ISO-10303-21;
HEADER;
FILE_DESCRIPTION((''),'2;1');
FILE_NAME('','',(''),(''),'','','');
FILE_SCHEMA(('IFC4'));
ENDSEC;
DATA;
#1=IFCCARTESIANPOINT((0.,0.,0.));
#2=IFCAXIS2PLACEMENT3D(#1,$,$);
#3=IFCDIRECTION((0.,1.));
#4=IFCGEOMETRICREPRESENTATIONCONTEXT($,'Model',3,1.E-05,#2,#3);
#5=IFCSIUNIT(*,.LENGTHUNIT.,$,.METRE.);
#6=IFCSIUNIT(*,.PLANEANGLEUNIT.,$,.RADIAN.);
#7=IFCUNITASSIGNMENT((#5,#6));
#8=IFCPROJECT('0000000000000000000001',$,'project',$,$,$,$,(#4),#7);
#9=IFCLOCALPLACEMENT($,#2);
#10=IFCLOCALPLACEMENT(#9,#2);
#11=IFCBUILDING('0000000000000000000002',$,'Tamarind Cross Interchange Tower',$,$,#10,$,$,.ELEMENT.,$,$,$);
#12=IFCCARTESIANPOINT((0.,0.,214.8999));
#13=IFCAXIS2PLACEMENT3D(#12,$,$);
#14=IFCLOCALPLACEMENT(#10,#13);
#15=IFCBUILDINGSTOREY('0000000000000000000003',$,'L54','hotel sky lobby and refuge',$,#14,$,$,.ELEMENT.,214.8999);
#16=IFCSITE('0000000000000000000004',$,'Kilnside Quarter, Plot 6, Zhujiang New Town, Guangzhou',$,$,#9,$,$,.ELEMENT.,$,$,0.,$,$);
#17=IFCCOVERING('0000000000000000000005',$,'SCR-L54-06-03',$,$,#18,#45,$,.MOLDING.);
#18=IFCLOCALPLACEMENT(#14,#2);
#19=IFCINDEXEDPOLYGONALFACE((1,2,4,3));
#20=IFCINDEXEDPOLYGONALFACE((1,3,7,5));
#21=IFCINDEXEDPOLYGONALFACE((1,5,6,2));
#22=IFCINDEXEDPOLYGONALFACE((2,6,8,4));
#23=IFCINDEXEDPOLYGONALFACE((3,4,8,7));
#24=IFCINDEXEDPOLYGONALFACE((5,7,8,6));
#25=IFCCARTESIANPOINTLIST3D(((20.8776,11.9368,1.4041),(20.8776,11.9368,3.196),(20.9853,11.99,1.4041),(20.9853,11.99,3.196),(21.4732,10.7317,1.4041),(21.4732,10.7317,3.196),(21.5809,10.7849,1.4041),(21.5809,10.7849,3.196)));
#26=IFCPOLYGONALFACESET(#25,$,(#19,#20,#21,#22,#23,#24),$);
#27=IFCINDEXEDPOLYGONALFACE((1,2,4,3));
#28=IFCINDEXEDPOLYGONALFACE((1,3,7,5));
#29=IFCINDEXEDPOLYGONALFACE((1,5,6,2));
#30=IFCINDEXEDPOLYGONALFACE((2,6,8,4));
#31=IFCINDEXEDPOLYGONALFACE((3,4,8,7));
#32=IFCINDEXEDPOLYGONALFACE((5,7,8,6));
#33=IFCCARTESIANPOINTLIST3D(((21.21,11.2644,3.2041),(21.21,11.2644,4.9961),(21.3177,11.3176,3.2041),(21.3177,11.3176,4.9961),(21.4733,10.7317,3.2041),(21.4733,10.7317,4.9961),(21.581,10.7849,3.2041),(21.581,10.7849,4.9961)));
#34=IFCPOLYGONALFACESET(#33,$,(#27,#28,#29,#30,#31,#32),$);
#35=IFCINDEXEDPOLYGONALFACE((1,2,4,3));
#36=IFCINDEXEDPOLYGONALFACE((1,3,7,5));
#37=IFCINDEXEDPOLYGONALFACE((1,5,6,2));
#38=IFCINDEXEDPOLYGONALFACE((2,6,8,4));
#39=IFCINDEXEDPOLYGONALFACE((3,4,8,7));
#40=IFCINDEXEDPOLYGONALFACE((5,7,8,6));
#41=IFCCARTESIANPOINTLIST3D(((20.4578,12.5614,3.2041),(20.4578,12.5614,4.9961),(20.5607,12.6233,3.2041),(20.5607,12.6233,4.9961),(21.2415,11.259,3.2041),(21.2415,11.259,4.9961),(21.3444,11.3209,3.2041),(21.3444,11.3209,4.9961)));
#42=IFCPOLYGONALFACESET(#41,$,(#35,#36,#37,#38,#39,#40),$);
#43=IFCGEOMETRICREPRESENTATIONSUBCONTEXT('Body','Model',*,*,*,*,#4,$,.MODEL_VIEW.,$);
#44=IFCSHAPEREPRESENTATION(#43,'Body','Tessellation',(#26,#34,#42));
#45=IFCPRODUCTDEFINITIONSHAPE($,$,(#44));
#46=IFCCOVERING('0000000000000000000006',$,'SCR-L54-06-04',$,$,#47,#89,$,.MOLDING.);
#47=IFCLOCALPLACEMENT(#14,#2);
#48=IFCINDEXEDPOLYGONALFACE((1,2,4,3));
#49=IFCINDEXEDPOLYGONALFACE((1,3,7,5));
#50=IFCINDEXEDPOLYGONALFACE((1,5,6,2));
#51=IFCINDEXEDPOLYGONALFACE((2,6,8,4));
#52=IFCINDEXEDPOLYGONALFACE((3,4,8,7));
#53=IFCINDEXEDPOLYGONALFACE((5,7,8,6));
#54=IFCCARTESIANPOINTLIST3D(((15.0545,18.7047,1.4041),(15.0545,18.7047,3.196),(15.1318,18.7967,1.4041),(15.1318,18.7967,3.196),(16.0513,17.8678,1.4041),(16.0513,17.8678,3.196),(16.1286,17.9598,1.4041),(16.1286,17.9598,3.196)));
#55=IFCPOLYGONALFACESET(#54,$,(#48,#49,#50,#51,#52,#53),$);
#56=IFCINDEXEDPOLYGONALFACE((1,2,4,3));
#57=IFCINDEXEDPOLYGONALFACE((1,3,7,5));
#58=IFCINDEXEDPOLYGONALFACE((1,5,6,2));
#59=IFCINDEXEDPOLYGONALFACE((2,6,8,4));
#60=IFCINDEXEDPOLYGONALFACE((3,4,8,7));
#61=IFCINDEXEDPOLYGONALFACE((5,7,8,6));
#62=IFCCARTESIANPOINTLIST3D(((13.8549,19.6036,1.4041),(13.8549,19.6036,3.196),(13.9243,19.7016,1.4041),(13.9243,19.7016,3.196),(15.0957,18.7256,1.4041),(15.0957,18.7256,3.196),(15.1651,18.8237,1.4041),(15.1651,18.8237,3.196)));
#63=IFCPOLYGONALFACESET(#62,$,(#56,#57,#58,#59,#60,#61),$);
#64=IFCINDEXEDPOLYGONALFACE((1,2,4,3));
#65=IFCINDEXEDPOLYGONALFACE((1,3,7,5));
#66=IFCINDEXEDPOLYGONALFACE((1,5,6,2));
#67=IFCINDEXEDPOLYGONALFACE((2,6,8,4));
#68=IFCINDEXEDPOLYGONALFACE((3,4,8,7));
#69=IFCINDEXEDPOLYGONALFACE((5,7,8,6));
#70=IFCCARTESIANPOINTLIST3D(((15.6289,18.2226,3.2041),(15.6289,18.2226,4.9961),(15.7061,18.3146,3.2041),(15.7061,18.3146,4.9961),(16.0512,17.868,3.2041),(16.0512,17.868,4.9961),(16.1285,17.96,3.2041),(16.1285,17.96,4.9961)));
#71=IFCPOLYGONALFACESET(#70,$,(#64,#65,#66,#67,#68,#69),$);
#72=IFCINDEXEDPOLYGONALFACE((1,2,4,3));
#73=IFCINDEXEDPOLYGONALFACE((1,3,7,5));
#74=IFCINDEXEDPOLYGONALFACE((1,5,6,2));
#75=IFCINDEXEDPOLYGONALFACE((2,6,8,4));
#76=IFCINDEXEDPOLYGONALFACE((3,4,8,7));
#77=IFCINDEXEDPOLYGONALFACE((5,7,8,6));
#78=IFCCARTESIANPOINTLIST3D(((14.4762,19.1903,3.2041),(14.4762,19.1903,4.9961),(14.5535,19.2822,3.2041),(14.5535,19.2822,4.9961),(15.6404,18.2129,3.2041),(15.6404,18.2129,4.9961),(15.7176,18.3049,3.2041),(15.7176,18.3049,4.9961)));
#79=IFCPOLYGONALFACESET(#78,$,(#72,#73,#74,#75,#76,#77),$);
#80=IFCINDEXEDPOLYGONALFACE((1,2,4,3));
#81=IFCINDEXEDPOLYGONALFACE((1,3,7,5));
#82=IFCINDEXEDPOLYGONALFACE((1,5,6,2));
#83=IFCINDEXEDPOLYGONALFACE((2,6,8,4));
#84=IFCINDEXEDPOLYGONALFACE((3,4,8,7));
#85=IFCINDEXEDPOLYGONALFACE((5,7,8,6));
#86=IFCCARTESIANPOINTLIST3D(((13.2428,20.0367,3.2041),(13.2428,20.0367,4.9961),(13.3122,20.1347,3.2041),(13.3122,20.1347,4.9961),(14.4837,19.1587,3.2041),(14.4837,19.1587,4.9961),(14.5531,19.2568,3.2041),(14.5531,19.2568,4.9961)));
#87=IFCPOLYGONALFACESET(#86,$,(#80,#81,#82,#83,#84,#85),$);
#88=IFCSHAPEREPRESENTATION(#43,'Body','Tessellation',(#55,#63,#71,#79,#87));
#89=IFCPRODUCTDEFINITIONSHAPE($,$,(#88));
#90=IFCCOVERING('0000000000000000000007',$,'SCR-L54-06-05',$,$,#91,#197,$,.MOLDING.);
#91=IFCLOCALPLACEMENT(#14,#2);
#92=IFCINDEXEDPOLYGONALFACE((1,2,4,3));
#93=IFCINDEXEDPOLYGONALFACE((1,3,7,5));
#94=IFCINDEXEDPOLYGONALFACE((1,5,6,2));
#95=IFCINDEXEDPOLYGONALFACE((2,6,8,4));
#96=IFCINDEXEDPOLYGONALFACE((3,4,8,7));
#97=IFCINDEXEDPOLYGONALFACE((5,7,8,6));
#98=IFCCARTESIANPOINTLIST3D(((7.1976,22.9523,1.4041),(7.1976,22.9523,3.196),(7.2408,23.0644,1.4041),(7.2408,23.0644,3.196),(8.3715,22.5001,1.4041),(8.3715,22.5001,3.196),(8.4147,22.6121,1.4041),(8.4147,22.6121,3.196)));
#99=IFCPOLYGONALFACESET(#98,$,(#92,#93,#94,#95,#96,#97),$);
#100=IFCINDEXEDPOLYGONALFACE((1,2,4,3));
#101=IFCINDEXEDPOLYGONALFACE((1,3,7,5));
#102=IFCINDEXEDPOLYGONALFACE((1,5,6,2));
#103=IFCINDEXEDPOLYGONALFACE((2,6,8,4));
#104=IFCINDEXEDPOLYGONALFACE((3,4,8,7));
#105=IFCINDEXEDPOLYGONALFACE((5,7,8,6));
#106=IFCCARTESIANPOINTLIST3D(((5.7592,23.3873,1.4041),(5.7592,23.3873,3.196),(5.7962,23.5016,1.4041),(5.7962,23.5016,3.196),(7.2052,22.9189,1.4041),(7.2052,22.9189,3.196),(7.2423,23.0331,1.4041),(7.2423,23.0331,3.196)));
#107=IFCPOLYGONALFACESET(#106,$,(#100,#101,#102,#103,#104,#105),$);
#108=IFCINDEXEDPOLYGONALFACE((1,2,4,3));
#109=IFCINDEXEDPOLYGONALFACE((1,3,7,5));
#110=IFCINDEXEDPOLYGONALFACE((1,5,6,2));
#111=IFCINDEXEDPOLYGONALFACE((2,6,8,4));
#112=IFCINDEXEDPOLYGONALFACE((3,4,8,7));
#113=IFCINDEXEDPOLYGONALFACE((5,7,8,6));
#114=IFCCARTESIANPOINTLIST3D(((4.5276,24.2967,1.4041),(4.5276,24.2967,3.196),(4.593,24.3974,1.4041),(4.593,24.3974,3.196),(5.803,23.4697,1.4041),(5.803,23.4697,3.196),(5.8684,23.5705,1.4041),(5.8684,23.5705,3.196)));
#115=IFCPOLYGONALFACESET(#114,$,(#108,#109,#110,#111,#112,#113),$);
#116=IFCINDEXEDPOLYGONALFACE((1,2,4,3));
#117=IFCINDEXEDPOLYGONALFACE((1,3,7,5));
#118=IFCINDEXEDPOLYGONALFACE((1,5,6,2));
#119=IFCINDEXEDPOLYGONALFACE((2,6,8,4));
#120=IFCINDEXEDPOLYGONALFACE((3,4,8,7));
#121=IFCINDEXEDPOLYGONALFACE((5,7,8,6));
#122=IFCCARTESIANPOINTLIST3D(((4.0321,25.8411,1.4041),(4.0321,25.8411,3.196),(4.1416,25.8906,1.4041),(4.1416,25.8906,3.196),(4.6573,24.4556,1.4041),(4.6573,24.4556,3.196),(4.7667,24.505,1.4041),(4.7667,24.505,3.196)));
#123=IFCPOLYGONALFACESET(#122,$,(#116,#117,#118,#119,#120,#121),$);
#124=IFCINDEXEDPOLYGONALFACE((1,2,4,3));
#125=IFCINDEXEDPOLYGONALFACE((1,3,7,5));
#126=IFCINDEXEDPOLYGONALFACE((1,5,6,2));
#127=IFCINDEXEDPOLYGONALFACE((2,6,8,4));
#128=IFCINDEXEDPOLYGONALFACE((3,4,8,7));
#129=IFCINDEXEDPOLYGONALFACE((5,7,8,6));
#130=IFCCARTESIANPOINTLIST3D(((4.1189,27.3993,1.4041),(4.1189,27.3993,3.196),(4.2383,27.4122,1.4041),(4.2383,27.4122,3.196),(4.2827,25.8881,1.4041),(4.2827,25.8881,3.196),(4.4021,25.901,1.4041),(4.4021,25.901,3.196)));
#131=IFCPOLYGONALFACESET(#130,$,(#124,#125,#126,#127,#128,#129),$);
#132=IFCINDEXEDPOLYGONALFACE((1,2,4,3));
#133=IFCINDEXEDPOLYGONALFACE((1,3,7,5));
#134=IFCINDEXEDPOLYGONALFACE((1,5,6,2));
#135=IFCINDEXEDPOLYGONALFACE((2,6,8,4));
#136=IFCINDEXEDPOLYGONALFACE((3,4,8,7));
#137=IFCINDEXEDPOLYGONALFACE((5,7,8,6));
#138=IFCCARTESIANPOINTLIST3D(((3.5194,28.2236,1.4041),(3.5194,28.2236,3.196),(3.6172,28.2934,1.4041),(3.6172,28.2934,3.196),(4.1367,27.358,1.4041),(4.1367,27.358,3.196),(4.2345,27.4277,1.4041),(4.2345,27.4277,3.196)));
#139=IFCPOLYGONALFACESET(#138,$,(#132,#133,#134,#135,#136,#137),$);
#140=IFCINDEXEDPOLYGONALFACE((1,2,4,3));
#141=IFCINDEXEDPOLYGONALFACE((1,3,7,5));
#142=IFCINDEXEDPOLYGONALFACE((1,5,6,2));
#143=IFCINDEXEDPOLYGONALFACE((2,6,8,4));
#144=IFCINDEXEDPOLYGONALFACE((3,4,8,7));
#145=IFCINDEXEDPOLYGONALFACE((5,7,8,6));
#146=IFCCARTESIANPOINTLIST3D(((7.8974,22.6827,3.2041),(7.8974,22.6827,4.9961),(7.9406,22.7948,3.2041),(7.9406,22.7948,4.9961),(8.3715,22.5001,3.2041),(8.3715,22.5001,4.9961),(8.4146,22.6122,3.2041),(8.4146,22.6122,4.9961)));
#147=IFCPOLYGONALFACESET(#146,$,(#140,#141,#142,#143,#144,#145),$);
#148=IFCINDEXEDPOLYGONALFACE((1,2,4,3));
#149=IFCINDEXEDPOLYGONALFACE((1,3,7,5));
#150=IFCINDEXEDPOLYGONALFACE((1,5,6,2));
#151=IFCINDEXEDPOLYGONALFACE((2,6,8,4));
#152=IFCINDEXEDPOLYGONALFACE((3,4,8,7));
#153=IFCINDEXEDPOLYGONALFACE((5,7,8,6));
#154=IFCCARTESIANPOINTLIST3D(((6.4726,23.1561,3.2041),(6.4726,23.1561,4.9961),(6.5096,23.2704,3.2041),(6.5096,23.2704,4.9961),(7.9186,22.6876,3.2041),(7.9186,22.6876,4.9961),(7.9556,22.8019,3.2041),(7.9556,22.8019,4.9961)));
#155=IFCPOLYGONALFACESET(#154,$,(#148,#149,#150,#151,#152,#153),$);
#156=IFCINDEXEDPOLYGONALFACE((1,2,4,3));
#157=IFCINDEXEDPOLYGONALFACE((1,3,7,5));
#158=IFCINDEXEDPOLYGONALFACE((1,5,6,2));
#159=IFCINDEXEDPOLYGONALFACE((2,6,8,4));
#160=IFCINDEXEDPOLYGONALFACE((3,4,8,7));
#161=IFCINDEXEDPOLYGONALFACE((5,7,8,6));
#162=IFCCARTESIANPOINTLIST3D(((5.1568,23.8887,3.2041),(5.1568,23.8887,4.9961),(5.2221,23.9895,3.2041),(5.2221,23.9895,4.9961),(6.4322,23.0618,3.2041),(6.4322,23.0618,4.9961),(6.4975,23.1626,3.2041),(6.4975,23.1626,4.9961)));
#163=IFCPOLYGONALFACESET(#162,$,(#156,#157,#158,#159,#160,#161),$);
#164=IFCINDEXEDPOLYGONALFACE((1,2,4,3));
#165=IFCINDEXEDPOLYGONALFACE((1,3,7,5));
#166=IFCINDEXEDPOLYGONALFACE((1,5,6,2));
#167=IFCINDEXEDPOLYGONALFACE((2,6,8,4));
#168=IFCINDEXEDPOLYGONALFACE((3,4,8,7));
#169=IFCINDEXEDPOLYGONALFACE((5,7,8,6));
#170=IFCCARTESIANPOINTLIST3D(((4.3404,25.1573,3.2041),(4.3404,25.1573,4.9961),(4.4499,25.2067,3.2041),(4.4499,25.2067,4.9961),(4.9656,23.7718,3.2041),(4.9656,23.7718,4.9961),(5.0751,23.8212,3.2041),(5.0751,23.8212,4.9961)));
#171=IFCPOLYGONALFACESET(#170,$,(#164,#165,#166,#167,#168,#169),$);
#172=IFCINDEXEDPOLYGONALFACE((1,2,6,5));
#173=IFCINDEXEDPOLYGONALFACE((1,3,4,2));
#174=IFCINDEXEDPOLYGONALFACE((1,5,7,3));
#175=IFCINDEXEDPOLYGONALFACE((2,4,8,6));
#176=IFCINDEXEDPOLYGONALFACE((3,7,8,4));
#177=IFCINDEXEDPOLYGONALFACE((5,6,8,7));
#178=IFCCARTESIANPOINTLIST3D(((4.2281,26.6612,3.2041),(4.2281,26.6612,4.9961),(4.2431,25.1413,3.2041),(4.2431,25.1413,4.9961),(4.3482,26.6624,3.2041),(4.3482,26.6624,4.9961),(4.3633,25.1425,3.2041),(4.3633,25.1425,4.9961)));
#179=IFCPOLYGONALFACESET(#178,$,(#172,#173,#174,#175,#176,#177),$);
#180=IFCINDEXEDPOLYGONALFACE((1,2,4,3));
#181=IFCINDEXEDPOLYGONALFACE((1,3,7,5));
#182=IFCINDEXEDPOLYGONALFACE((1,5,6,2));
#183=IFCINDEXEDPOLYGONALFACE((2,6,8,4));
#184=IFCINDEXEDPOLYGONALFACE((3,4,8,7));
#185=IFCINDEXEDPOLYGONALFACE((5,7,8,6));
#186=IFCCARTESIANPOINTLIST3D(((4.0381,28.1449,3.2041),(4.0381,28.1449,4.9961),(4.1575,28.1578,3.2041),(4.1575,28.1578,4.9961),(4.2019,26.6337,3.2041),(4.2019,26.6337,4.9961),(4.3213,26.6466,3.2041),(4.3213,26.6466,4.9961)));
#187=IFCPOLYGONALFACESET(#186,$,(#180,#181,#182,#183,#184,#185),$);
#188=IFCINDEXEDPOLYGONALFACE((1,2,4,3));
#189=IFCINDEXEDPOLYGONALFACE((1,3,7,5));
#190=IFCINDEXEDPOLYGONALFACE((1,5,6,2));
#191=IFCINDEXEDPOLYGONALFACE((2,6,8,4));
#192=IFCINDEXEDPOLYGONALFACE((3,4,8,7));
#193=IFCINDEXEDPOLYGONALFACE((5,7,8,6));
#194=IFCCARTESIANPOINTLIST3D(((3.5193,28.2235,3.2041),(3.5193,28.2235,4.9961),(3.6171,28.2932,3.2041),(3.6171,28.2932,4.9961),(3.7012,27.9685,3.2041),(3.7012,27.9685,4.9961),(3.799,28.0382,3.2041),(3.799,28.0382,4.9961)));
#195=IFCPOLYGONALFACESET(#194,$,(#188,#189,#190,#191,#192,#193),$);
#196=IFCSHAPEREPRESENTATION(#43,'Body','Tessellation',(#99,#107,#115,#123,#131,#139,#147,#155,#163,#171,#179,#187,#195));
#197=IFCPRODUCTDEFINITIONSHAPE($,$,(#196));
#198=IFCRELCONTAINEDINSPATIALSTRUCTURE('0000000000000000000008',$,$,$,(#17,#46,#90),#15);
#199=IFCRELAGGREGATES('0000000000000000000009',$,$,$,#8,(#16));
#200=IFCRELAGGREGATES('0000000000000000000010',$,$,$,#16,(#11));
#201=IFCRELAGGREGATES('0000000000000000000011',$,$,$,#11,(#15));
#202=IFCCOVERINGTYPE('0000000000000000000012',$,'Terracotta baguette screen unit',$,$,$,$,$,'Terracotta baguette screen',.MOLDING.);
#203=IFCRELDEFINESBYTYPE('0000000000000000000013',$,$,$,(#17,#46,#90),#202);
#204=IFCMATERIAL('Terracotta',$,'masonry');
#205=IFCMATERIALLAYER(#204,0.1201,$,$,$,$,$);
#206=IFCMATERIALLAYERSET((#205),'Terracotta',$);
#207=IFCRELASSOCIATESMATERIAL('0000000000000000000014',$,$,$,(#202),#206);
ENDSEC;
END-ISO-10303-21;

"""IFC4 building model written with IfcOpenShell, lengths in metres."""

from ifc_helpers import new_model, si_unit, direction, frame, origin, origin_2d, place, context, subcontext, project, spatial, rectangle, extrude, material, layer, layer_set, type_object, element, save


model = new_model("IFC4")

# Units and contexts
model_context = context("Model", 3, precision=1e-05, world=origin(), true_north=direction((0.0, 1.0)))
body_context = subcontext(model_context, "Body", "Model", "MODEL_VIEW")
ifc_project = project(units=[si_unit("LENGTHUNIT", "METRE"), si_unit("PLANEANGLEUNIT", "RADIAN")], contexts=[model_context])

# Site, building, storey
site_placement = place(None, origin())
site = spatial("IfcSite", under=ifc_project, at=site_placement, Name="Kilnside Quarter, Plot 6, Zhujiang New Town, Guangzhou", CompositionType="ELEMENT", RefElevation=0.0)
building_placement = place(site_placement, origin())
building = spatial("IfcBuilding", under=site, at=building_placement, Name="Tamarind Cross Interchange Tower", CompositionType="ELEMENT")
storey_placement = place(building_placement, frame((0.0, 0.0, 214.8999)))
storey = spatial("IfcBuildingStorey", under=building, at=storey_placement, Name="L54", Description="hotel sky lobby and refuge", CompositionType="ELEMENT", Elevation=214.8999)

# Coverings
ifc_material_1 = material(Name="Terracotta", Category="masonry")
ifc_layer_1 = layer(ifc_material_1, 0.1201)
ifc_layer_set_1 = layer_set([ifc_layer_1], Name="Terracotta")
covering_type = type_object("IfcCoveringType", Name="Terracotta baguette screen unit", ElementType="Terracotta baguette screen", PredefinedType="MOLDING", material=ifc_layer_set_1)
covering_1_placement = place(storey_placement, origin())
element("IfcCovering", 1, at=covering_1_placement, inside=storey, type_object=covering_type, Name="SCR-L54-06-03", PredefinedType="MOLDING", context=body_context, shape_type="SweptSolid", body=[
    extrude(rectangle(XDim=1.3442, YDim=0.1201, at=origin_2d()), frame((21.2292, 11.3608, 1.4041), z_axis=(0.0, 0.0, 1.0), x_axis=(-0.443059, 0.896493, 0.0)), (0.0, 0.0, 1.0), 1.792),
    extrude(rectangle(XDim=0.5942, YDim=0.1201, at=origin_2d()), frame((21.3955, 11.0247, 3.2041), z_axis=(0.0, 0.0, 1.0), x_axis=(-0.443059, 0.896493, 0.0)), (0.0, 0.0, 1.0), 1.792),
    extrude(rectangle(XDim=1.52, YDim=0.1201, at=origin_2d()), frame((20.9011, 11.9412, 3.2041), z_axis=(0.0, 0.0, 1.0), x_axis=(-0.515577, 0.856843, 0.0)), (0.0, 0.0, 1.0), 1.792),
])
covering_2_placement = place(storey_placement, origin())
element("IfcCovering", 2, at=covering_2_placement, inside=storey, type_object=covering_type, Name="SCR-L54-06-04", PredefinedType="MOLDING", context=body_context, shape_type="SweptSolid", body=[
    extrude(rectangle(XDim=1.3015, YDim=0.1201, at=origin_2d()), frame((15.5916, 18.3323, 1.4041), z_axis=(0.0, 0.0, 1.0), x_axis=(-0.765858, 0.643009, 0.0)), (0.0, 0.0, 1.0), 1.792),
    extrude(rectangle(XDim=1.52, YDim=0.1201, at=origin_2d()), frame((14.51, 19.2136, 1.4041), z_axis=(0.0, 0.0, 1.0), x_axis=(-0.816342, 0.577569, 0.0)), (0.0, 0.0, 1.0), 1.792),
    extrude(rectangle(XDim=0.5515, YDim=0.1201, at=origin_2d()), frame((15.8787, 18.0913, 3.2041), z_axis=(0.0, 0.0, 1.0), x_axis=(-0.765858, 0.643009, 0.0)), (0.0, 0.0, 1.0), 1.792),
    extrude(rectangle(XDim=1.52, YDim=0.1201, at=origin_2d()), frame((15.0969, 18.7476, 3.2041), z_axis=(0.0, 0.0, 1.0), x_axis=(-0.765858, 0.643009, 0.0)), (0.0, 0.0, 1.0), 1.792),
    extrude(rectangle(XDim=1.52, YDim=0.1201, at=origin_2d()), frame((13.8979, 19.6467, 3.2041), z_axis=(0.0, 0.0, 1.0), x_axis=(-0.816342, 0.577569, 0.0)), (0.0, 0.0, 1.0), 1.792),
])
covering_3_placement = place(storey_placement, origin())
element("IfcCovering", 3, at=covering_3_placement, inside=storey, type_object=covering_type, Name="SCR-L54-06-05", PredefinedType="MOLDING", context=body_context, shape_type="SweptSolid", body=[
    extrude(rectangle(XDim=1.2581, YDim=0.1201, at=origin_2d()), frame((7.8062, 22.7822, 1.4041), z_axis=(0.0, 0.0, 1.0), x_axis=(-0.933147, 0.359495, 0.0)), (0.0, 0.0, 1.0), 1.792),
    extrude(rectangle(XDim=1.52, YDim=0.1201, at=origin_2d()), frame((6.5007, 23.2102, 1.4041), z_axis=(0.0, 0.0, 1.0), x_axis=(-0.951329, 0.308179, 0.0)), (0.0, 0.0, 1.0), 1.792),
    extrude(rectangle(XDim=1.52, YDim=0.1201, at=origin_2d()), frame((5.198, 23.9336, 1.4041), z_axis=(0.0, 0.0, 1.0), x_axis=(-0.839075, 0.544015, 0.0)), (0.0, 0.0, 1.0), 1.792),
    extrude(rectangle(XDim=1.52, YDim=0.1201, at=origin_2d()), frame((4.3994, 25.1731, 1.4041), z_axis=(0.0, 0.0, 1.0), x_axis=(-0.411287, 0.911506, 0.0)), (0.0, 0.0, 1.0), 1.792),
    extrude(rectangle(XDim=1.52, YDim=0.1201, at=origin_2d()), frame((4.2605, 26.6501, 1.4041), z_axis=(0.0, 0.0, 1.0), x_axis=(-0.107726, 0.994181, 0.0)), (0.0, 0.0, 1.0), 1.792),
    extrude(rectangle(XDim=1.0632, YDim=0.1201, at=origin_2d()), frame((3.877, 27.8257, 1.4041), z_axis=(0.0, 0.0, 1.0), x_axis=(-0.580632, 0.814166, 0.0)), (0.0, 0.0, 1.0), 1.792),
    extrude(rectangle(XDim=0.5081, YDim=0.1201, at=origin_2d()), frame((8.156, 22.6475, 3.2041), z_axis=(0.0, 0.0, 1.0), x_axis=(-0.933147, 0.359495, 0.0)), (0.0, 0.0, 1.0), 1.792),
    extrude(rectangle(XDim=1.52, YDim=0.1201, at=origin_2d()), frame((7.2141, 22.979, 3.2041), z_axis=(0.0, 0.0, 1.0), x_axis=(-0.951329, 0.308179, 0.0)), (0.0, 0.0, 1.0), 1.792),
    extrude(rectangle(XDim=1.52, YDim=0.1201, at=origin_2d()), frame((5.8271, 23.5256, 3.2041), z_axis=(0.0, 0.0, 1.0), x_axis=(-0.839075, 0.544015, 0.0)), (0.0, 0.0, 1.0), 1.792),
    extrude(rectangle(XDim=1.52, YDim=0.1201, at=origin_2d()), frame((4.7078, 24.4893, 3.2041), z_axis=(0.0, 0.0, 1.0), x_axis=(-0.411287, 0.911506, 0.0)), (0.0, 0.0, 1.0), 1.792),
    extrude(rectangle(XDim=1.52, YDim=0.1201, at=origin_2d()), frame((4.2957, 25.9019, 3.2041), z_axis=(0.0, 0.0, 1.0), x_axis=(-0.00993, 0.999951, 0.0)), (0.0, 0.0, 1.0), 1.792),
    extrude(rectangle(XDim=1.52, YDim=0.1201, at=origin_2d()), frame((4.1797, 27.3958, 3.2041), z_axis=(0.0, 0.0, 1.0), x_axis=(-0.107726, 0.994181, 0.0)), (0.0, 0.0, 1.0), 1.792),
    extrude(rectangle(XDim=0.3132, YDim=0.1201, at=origin_2d()), frame((3.6592, 28.1309, 3.2041), z_axis=(0.0, 0.0, 1.0), x_axis=(-0.580632, 0.814166, 0.0)), (0.0, 0.0, 1.0), 1.792),
])

save(model, "model.ifc")
